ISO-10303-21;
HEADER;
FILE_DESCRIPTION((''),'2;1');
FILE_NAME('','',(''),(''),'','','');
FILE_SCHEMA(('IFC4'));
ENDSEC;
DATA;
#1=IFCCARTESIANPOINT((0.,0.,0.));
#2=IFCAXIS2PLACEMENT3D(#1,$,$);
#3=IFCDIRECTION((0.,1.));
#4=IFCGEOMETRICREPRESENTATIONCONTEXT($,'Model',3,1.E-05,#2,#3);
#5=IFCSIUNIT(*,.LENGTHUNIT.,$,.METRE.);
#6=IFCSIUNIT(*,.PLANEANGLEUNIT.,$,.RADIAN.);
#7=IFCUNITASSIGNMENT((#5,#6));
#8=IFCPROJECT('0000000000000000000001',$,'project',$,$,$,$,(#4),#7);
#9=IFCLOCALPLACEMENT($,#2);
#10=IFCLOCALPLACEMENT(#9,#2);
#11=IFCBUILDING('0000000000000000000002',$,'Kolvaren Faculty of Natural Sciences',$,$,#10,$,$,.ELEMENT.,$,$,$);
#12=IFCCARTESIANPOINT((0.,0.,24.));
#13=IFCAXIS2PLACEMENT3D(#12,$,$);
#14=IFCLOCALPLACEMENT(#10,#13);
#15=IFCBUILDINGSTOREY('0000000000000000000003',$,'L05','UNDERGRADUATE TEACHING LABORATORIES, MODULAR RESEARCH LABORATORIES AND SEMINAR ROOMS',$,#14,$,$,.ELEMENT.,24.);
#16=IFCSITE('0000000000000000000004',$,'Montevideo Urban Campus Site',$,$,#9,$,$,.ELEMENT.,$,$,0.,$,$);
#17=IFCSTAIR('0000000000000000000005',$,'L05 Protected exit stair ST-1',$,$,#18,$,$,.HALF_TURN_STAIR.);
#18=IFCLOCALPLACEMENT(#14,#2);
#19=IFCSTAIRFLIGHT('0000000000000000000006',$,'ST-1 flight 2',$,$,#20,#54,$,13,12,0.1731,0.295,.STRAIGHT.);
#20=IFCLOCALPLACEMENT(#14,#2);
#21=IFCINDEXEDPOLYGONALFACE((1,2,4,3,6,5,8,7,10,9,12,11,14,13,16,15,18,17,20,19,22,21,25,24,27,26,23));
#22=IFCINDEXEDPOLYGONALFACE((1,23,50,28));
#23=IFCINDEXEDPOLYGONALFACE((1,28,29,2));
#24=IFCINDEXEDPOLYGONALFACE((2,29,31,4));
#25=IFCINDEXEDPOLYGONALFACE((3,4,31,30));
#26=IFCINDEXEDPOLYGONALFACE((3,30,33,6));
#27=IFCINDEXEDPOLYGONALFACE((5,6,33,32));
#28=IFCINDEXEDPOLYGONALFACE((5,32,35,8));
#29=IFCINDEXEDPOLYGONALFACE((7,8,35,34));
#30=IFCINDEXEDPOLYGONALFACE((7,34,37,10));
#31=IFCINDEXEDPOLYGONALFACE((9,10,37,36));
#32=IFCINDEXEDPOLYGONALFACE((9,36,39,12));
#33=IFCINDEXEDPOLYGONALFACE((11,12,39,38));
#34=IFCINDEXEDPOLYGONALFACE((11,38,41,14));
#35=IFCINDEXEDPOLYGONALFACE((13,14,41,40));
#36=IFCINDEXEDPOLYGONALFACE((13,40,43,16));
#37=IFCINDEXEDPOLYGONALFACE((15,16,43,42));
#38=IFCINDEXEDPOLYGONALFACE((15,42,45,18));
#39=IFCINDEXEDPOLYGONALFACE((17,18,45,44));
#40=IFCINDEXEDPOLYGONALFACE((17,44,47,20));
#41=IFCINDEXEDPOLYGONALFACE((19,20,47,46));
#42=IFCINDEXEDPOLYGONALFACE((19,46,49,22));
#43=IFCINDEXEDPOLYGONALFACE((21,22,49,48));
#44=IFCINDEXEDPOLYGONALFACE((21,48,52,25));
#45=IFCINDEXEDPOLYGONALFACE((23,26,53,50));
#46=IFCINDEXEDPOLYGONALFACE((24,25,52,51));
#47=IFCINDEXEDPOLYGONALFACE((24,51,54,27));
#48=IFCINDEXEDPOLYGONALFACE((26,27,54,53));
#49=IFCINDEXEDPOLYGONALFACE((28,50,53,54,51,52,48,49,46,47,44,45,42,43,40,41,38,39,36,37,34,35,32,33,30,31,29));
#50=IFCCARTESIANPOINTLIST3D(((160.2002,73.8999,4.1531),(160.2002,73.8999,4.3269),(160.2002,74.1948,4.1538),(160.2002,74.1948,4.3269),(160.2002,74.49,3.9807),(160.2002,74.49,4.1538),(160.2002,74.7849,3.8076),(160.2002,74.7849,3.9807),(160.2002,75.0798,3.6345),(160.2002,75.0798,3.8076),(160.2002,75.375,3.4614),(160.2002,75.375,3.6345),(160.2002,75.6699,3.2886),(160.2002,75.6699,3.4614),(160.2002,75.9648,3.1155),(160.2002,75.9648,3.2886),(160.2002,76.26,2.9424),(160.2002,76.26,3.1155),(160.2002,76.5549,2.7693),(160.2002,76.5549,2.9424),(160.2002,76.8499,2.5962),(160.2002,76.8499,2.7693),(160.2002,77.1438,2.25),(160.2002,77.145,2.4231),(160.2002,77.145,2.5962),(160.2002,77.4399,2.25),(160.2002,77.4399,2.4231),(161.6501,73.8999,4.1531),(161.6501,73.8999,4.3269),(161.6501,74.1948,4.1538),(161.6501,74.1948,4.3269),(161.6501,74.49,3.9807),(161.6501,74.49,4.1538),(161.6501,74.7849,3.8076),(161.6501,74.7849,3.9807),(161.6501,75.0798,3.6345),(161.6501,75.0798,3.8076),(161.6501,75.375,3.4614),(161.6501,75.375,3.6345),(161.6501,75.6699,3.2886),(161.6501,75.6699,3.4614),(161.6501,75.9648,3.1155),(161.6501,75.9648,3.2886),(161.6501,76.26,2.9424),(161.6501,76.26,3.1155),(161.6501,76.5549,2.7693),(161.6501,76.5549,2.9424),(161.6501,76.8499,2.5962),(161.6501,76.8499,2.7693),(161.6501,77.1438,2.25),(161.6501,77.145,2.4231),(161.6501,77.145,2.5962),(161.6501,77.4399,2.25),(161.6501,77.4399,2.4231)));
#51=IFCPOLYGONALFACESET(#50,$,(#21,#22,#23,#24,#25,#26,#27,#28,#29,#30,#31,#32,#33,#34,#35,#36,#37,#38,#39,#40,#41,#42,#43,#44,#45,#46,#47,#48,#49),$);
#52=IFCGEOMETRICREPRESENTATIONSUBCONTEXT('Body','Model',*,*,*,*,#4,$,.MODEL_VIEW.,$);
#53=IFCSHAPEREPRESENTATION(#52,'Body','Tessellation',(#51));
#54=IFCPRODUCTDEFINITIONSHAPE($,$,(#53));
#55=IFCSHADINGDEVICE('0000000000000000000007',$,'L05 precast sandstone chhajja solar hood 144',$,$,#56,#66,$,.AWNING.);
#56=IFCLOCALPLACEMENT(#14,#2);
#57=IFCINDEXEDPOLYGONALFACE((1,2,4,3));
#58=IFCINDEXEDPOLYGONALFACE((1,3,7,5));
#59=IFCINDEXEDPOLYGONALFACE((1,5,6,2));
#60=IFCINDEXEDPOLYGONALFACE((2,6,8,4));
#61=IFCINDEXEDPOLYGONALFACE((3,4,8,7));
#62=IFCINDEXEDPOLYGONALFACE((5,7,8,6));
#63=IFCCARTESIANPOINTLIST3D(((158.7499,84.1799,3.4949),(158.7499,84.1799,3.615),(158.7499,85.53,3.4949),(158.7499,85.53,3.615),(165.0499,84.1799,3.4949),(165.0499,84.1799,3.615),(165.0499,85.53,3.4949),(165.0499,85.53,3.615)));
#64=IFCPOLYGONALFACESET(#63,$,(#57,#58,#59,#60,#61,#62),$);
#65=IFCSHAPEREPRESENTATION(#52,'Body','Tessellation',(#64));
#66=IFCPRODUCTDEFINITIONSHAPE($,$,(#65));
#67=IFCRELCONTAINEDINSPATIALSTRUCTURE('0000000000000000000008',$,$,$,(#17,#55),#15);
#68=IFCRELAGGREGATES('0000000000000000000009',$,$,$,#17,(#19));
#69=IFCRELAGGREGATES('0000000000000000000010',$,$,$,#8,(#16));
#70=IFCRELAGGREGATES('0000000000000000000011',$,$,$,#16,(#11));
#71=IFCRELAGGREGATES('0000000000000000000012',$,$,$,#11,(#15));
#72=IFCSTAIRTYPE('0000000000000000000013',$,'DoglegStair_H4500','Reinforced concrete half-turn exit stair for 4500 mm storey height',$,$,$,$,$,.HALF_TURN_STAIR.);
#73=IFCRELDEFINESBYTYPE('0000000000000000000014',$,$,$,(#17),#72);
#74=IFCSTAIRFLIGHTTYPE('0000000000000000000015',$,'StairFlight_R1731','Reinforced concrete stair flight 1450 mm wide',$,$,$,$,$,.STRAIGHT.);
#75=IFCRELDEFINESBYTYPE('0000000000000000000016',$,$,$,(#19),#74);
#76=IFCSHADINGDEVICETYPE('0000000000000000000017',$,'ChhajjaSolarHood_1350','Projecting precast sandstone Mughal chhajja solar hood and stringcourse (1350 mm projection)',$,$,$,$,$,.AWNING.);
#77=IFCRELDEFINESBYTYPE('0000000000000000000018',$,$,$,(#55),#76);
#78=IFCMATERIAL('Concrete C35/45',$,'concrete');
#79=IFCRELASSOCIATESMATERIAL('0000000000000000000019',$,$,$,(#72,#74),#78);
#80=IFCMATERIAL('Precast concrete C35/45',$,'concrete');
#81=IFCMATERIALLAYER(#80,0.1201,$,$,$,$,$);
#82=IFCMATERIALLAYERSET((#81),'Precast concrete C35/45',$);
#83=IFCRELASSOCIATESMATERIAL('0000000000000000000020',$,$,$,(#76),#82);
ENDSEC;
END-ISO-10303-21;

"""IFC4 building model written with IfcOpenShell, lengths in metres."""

from ifc_helpers import new_model, si_unit, direction, frame, origin, origin_2d, place, context, subcontext, project, spatial, polyline, rectangle, outline, extrude, material, layer, layer_set, type_object, element, aggregate, save


model = new_model("IFC4")

# Units and contexts
model_context = context("Model", 3, precision=1e-05, world=origin(), true_north=direction((0.0, 1.0)))
body_context = subcontext(model_context, "Body", "Model", "MODEL_VIEW")
ifc_project = project(units=[si_unit("LENGTHUNIT", "METRE"), si_unit("PLANEANGLEUNIT", "RADIAN")], contexts=[model_context])

# Site, building, storey
site_placement = place(None, origin())
site = spatial("IfcSite", under=ifc_project, at=site_placement, Name="Montevideo Urban Campus Site", CompositionType="ELEMENT", RefElevation=0.0)
building_placement = place(site_placement, origin())
building = spatial("IfcBuilding", under=site, at=building_placement, Name="Kolvaren Faculty of Natural Sciences", CompositionType="ELEMENT")
storey_placement = place(building_placement, frame((0.0, 0.0, 24.0)))
storey = spatial("IfcBuildingStorey", under=building, at=storey_placement, Name="L05", Description="UNDERGRADUATE TEACHING LABORATORIES, MODULAR RESEARCH LABORATORIES AND SEMINAR ROOMS", CompositionType="ELEMENT", Elevation=24.0)

# Shared definitions
ifc_material_1 = material(Name="Concrete C35/45", Category="concrete")

# Shared definitions
ifc_material_2 = material(Name="Precast concrete C35/45", Category="concrete")

# Stair, stair flight
stair_type = type_object("IfcStairType", Name="DoglegStair_H4500", Description="Reinforced concrete half-turn exit stair for 4500 mm storey height", PredefinedType="HALF_TURN_STAIR", material=ifc_material_1)
stair_placement = place(storey_placement, origin())
stair = element("IfcStair", 1, at=stair_placement, inside=storey, type_object=stair_type, Name="L05 Protected exit stair ST-1", PredefinedType="HALF_TURN_STAIR")
stair_flight_type = type_object("IfcStairFlightType", Name="StairFlight_R1731", Description="Reinforced concrete stair flight 1450 mm wide", PredefinedType="STRAIGHT", material=ifc_material_1)
stair_flight_placement = place(storey_placement, frame((160.925, 77.4399, 2.25), z_axis=(0.0, 0.0, 1.0), x_axis=(0.0, -1.0, 0.0)))
stair_flight = element("IfcStairFlight", 2, at=stair_flight_placement, type_object=stair_flight_type, Name="ST-1 flight 2", NumberOfRisers=13, NumberOfTreads=12, PredefinedType="STRAIGHT", RiserHeight=0.1731, TreadLength=0.295, context=body_context, shape_type="SweptSolid", body=[
    extrude(outline(polyline([(0.0, 0.0), (0.0, 0.1731), (0.2949, 0.1731), (0.2949, 0.3462), (0.5901, 0.3462), (0.5901, 0.5193), (0.885, 0.5193), (0.885, 0.6924), (1.1799, 0.6924), (1.1799, 0.8655), (1.4751, 0.8655), (1.4751, 1.0386), (1.77, 1.0386), (1.77, 1.2114), (2.0649, 1.2114), (2.0649, 1.3845), (2.3601, 1.3845), (2.3601, 1.5576), (2.655, 1.5576), (2.655, 1.7307), (2.95, 1.7307), (2.95, 1.9038), (3.2451, 1.9038), (3.2451, 2.0769), (3.54, 2.0769), (3.54, 2.25), (3.54, 1.9031), (0.2961, 0.0), (0.0, 0.0)])), frame((0.0, 0.7251, 0.0), z_axis=(0.0, -1.0, 0.0), x_axis=(1.0, 0.0, 0.0)), (0.0, 0.0, 1.0), 1.45),
])
aggregate(stair, [stair_flight])

# Shading device
ifc_layer_1 = layer(ifc_material_2, 0.1201)
ifc_layer_set_1 = layer_set([ifc_layer_1], Name="Precast concrete C35/45")
shading_device_type = type_object("IfcShadingDeviceType", Name="ChhajjaSolarHood_1350", Description="Projecting precast sandstone Mughal chhajja solar hood and stringcourse (1350 mm projection)", PredefinedType="AWNING", material=ifc_layer_set_1)
shading_device_placement = place(storey_placement, frame((161.8999, 84.855, 3.4949), z_axis=(0.0, 0.0, 1.0), x_axis=(1.0, 0.0, 0.0)))
element("IfcShadingDevice", 3, at=shading_device_placement, inside=storey, type_object=shading_device_type, Name="L05 precast sandstone chhajja solar hood 144", PredefinedType="AWNING", context=body_context, shape_type="SweptSolid", body=[
    extrude(rectangle(XDim=6.3, YDim=1.3501, at=origin_2d()), origin(), (0.0, 0.0, 1.0), 0.1201),
])

save(model, "model.ifc")
